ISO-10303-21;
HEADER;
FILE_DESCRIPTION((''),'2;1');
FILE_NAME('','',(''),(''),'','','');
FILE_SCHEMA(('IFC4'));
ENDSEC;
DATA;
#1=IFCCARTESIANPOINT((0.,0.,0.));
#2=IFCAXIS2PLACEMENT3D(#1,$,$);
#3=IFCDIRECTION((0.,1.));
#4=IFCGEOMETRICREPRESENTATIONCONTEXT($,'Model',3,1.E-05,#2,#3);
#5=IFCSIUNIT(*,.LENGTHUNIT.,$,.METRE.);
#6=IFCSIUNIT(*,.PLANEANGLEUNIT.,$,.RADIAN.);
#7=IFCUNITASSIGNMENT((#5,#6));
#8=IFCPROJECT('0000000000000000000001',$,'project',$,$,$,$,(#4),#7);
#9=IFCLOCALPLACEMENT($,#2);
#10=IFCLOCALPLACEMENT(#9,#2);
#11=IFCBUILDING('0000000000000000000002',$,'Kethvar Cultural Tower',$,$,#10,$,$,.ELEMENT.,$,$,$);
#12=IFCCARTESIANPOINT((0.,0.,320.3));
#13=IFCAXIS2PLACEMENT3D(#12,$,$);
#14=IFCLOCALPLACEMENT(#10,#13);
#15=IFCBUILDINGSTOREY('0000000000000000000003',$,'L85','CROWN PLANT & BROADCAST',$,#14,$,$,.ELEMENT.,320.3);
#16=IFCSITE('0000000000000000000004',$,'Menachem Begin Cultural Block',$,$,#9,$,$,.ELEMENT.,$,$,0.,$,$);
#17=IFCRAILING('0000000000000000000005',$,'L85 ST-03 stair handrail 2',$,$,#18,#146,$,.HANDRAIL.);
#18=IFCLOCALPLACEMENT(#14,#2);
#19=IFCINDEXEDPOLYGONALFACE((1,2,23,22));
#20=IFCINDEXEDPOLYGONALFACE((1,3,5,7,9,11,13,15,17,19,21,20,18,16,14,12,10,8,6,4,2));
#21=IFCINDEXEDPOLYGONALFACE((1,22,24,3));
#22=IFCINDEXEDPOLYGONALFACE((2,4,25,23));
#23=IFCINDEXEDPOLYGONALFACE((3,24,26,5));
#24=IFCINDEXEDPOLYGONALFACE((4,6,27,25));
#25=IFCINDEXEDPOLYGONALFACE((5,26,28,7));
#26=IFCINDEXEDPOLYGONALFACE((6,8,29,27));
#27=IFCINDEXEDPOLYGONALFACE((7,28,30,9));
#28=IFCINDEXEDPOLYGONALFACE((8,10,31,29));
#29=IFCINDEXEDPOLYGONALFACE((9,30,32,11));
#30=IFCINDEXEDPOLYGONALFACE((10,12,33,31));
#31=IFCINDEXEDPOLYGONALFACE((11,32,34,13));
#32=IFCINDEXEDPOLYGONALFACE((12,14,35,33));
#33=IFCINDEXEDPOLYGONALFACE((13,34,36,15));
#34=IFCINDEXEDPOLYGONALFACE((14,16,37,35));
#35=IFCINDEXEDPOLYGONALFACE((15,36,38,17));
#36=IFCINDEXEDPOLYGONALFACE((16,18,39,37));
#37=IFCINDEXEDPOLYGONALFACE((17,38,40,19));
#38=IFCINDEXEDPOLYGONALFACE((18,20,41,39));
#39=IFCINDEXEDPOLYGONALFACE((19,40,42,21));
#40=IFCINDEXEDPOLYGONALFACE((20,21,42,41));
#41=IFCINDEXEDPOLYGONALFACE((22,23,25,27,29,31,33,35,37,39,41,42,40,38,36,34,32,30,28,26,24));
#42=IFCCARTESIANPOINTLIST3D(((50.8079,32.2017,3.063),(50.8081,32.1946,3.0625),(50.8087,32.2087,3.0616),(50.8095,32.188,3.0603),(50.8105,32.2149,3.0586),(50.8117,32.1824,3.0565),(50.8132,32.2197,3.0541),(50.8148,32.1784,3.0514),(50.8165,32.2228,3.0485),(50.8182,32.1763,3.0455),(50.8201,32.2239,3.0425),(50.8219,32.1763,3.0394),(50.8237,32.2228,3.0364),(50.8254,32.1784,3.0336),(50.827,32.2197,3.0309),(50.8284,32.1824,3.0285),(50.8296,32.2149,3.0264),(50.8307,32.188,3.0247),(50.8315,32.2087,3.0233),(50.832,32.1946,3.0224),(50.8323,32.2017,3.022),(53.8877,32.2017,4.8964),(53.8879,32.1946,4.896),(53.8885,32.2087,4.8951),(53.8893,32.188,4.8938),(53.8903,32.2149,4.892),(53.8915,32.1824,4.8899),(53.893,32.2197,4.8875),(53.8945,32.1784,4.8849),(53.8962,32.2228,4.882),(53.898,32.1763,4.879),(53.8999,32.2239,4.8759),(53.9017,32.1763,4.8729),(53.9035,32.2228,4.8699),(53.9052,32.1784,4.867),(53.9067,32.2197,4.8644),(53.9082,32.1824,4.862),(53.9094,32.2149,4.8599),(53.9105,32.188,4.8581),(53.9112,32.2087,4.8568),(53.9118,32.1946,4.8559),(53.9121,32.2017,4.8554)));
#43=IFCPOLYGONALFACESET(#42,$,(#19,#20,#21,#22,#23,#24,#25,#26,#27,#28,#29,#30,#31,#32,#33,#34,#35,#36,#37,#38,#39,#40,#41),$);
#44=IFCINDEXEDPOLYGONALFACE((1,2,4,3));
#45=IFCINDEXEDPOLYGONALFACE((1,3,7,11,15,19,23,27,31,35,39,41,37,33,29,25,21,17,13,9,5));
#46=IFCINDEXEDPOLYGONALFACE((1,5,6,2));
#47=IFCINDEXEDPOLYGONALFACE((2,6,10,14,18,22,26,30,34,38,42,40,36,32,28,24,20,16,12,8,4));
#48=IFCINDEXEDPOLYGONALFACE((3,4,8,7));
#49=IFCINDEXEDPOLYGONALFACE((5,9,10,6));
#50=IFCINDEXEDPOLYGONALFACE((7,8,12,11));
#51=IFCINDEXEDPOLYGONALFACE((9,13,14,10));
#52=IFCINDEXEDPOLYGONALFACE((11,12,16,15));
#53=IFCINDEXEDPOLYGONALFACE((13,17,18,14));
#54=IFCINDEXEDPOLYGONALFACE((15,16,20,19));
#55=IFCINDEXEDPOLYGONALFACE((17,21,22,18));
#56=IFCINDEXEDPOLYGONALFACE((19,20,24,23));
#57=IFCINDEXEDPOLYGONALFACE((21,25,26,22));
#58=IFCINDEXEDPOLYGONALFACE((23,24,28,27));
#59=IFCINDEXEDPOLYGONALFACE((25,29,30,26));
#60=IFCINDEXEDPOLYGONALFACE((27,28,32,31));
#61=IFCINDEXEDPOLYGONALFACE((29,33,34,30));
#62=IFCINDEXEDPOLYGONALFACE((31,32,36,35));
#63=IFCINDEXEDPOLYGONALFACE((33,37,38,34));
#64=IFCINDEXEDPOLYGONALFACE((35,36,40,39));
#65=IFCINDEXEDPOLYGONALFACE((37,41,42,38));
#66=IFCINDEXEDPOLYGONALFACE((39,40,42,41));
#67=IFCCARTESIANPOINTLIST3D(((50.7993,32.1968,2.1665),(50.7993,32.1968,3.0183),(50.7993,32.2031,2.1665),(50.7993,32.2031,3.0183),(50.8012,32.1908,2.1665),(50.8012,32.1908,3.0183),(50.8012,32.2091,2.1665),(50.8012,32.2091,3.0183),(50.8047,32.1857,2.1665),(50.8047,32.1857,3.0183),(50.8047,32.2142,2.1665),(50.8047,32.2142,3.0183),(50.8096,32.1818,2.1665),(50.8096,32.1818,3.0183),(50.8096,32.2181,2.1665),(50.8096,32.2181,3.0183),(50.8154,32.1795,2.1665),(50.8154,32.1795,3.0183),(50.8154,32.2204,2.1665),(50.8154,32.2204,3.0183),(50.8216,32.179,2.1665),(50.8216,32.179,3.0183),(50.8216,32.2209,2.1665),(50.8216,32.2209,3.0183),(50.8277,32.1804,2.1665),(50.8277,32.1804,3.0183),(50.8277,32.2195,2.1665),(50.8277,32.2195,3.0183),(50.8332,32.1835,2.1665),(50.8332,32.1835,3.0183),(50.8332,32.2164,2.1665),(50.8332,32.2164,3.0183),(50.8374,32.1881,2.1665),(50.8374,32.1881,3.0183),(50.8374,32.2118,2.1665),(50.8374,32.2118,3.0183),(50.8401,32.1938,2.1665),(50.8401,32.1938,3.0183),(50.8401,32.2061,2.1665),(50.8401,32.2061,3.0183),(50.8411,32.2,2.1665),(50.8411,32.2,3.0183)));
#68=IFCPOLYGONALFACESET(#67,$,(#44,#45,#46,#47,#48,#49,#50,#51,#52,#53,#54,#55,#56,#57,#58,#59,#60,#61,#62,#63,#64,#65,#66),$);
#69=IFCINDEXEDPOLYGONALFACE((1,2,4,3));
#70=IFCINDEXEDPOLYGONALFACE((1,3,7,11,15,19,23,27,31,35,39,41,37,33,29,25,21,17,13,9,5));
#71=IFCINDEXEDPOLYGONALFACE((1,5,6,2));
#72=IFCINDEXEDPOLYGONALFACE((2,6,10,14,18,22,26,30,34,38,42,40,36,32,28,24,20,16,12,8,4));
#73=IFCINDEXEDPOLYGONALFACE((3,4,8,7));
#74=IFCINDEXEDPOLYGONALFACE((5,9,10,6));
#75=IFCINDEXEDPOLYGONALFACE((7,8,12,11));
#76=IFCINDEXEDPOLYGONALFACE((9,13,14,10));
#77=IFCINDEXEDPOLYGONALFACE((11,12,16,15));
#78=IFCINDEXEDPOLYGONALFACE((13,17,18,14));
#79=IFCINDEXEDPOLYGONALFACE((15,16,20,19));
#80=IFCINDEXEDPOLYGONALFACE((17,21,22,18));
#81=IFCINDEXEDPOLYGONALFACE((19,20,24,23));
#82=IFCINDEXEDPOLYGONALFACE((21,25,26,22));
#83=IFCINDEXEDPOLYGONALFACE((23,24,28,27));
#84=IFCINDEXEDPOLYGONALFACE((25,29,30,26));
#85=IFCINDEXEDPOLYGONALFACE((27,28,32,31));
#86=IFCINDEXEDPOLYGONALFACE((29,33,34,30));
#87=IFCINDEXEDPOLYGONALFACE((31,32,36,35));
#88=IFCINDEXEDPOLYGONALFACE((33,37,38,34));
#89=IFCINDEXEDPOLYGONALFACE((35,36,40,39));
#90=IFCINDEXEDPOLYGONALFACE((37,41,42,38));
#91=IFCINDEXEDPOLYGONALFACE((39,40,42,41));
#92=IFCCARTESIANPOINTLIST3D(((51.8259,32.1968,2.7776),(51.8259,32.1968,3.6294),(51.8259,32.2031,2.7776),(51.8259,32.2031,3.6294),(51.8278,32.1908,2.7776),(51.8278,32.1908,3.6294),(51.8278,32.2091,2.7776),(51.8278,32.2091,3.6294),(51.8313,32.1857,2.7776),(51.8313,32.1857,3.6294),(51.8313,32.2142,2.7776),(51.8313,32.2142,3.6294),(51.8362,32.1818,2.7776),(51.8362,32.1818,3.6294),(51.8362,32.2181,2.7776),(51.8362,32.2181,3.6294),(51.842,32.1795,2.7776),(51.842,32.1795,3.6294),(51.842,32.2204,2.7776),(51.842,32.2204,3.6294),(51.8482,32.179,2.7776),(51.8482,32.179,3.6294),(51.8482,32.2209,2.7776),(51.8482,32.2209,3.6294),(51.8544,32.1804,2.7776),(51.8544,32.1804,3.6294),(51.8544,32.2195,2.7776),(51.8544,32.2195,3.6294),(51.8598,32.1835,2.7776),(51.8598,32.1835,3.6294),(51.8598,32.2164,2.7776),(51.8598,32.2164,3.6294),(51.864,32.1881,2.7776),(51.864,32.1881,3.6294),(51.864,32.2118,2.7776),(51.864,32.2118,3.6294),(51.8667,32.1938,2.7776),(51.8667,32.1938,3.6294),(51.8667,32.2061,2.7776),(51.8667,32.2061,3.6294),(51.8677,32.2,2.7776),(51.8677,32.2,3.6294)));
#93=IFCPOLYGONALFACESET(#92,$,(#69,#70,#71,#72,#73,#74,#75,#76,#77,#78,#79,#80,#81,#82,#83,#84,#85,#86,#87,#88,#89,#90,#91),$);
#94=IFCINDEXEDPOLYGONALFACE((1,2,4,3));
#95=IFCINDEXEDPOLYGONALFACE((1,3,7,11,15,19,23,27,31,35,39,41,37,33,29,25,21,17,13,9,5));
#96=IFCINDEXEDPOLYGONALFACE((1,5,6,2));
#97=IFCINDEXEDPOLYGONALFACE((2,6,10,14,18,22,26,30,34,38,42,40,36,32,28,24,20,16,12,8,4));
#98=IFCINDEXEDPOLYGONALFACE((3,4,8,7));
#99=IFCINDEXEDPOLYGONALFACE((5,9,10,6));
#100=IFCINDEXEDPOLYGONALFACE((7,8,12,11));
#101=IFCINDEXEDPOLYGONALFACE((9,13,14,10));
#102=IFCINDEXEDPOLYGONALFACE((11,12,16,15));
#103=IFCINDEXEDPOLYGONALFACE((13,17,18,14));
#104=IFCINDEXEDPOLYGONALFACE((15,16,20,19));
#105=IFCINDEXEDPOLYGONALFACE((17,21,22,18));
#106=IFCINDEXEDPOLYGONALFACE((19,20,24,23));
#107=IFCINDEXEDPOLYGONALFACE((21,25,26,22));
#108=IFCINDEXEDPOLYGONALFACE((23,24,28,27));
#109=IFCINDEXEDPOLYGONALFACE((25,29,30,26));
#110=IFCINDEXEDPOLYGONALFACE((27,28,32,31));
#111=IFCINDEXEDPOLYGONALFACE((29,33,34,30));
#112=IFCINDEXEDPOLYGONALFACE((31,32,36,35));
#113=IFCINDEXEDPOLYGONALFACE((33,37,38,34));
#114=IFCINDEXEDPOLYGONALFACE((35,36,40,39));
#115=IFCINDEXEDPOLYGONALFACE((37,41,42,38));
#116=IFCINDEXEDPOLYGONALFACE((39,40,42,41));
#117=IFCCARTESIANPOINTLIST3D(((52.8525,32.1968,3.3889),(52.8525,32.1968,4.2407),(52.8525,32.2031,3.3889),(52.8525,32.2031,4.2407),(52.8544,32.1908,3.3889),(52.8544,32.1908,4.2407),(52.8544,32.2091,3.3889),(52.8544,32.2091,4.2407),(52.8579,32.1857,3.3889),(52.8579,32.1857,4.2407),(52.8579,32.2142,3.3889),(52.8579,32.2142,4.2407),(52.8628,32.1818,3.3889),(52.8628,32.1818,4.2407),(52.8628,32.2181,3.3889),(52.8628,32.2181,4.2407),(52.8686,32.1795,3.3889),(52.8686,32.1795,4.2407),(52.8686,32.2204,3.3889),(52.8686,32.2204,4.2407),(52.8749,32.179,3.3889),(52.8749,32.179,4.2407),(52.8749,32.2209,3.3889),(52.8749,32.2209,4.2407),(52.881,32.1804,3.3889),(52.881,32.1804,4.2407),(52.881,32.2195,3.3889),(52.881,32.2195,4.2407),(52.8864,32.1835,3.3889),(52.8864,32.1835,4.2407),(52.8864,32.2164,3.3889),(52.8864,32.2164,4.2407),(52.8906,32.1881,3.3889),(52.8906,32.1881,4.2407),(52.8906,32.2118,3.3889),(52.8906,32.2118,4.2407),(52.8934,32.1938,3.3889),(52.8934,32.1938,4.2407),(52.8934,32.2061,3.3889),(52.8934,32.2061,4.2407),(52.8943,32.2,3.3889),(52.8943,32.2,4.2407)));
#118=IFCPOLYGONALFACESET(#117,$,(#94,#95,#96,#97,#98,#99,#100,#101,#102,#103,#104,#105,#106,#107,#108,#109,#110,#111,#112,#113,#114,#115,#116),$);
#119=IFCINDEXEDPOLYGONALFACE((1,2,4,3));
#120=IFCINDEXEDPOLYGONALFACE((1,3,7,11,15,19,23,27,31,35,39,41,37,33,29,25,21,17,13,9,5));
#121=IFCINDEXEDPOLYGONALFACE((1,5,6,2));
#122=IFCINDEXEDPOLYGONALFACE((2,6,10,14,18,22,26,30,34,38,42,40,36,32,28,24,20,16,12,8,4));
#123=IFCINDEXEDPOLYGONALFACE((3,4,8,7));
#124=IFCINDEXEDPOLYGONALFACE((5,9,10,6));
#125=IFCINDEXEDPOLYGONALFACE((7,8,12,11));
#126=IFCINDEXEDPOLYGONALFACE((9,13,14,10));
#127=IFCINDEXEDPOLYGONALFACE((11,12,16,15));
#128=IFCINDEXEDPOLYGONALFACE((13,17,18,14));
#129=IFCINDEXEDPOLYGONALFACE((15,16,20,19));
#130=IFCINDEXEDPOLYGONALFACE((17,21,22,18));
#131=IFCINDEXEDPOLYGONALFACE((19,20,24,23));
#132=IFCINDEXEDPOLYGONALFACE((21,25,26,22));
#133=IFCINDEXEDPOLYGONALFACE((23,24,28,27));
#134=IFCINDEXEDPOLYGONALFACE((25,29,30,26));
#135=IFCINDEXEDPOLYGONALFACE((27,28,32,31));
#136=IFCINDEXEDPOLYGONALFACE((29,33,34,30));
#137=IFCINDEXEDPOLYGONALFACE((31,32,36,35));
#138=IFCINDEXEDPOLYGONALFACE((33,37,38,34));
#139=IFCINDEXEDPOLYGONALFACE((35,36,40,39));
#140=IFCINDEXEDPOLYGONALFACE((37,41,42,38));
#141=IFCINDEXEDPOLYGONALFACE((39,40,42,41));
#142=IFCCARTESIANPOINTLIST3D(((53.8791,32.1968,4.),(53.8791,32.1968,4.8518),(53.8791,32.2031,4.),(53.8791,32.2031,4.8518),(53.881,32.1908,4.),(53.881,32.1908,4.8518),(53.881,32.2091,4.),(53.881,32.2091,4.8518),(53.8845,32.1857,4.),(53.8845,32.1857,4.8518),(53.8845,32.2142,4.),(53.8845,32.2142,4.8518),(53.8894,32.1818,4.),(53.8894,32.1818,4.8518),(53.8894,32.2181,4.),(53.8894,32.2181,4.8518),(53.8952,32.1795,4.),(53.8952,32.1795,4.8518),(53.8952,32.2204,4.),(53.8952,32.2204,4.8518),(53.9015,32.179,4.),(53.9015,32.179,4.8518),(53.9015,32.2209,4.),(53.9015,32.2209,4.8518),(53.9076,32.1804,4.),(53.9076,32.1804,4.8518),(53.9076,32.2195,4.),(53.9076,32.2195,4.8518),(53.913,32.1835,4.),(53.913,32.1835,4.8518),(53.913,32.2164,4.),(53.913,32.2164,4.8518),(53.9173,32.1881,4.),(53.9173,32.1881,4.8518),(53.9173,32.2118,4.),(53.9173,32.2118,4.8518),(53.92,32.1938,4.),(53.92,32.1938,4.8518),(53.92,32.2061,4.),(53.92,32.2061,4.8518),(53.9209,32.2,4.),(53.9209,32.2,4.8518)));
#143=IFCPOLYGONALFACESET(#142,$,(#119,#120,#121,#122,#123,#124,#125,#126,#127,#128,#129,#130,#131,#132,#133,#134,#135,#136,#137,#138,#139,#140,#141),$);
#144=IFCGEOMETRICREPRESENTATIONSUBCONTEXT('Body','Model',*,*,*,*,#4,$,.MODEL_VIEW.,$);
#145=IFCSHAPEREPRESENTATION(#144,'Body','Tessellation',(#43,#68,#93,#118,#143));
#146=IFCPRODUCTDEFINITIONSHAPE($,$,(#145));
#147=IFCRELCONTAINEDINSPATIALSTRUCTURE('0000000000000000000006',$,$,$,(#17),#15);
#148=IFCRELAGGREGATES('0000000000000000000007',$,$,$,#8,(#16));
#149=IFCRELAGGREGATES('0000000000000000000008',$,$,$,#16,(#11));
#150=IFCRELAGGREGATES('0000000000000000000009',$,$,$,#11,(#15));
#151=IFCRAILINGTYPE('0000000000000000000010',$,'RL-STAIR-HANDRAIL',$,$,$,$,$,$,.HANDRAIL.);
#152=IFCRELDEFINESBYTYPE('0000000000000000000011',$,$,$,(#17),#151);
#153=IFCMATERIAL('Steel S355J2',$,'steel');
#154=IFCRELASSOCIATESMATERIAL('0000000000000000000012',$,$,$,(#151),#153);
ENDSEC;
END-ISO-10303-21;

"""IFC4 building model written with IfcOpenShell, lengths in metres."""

from ifc_helpers import new_model, si_unit, direction, frame, origin, origin_2d, place, context, subcontext, project, spatial, circle, extrude, material, type_object, element, save


model = new_model("IFC4")

# Units and contexts
model_context = context("Model", 3, precision=1e-05, world=origin(), true_north=direction((0.0, 1.0)))
body_context = subcontext(model_context, "Body", "Model", "MODEL_VIEW")
ifc_project = project(units=[si_unit("LENGTHUNIT", "METRE"), si_unit("PLANEANGLEUNIT", "RADIAN")], contexts=[model_context])

# Site, building, storey
site_placement = place(None, origin())
site = spatial("IfcSite", under=ifc_project, at=site_placement, Name="Menachem Begin Cultural Block", CompositionType="ELEMENT", RefElevation=0.0)
building_placement = place(site_placement, origin())
building = spatial("IfcBuilding", under=site, at=building_placement, Name="Kethvar Cultural Tower", CompositionType="ELEMENT")
storey_placement = place(building_placement, frame((0.0, 0.0, 320.3)))
storey = spatial("IfcBuildingStorey", under=building, at=storey_placement, Name="L85", Description="CROWN PLANT & BROADCAST", CompositionType="ELEMENT", Elevation=320.3)

# Shared definitions
ifc_material_1 = material(Name="Steel S355J2", Category="steel")

# Railing
railing_type_1 = type_object("IfcRailingType", Name="RL-STAIR-HANDRAIL", PredefinedType="HANDRAIL", material=ifc_material_1)
railing_1_placement = place(storey_placement, frame((50.8201, 32.2, 2.1665)))
element("IfcRailing", 1, at=railing_1_placement, inside=storey, type_object=railing_type_1, Name="L85 ST-03 stair handrail 2", PredefinedType="HANDRAIL", context=body_context, shape_type="SweptSolid", body=[
    extrude(circle(Radius=0.0239, at=origin_2d()), frame((0.0, 0.0, 0.876), z_axis=(0.859261, 0.0, 0.511538), x_axis=(0.0, 1.0, 0.0)), (0.0, 0.0, 1.0), 3.5842),
    extrude(circle(Radius=0.021, at=origin_2d()), origin(), (0.0, 0.0, 1.0), 0.8518),
    extrude(circle(Radius=0.021, at=origin_2d()), frame((1.0266, 0.0, 0.6111)), (0.0, 0.0, 1.0), 0.8518),
    extrude(circle(Radius=0.021, at=origin_2d()), frame((2.0532, 0.0, 1.2224)), (0.0, 0.0, 1.0), 0.8518),
    extrude(circle(Radius=0.021, at=origin_2d()), frame((3.0798, 0.0, 1.8335)), (0.0, 0.0, 1.0), 0.8518),
])

save(model, "model.ifc")
